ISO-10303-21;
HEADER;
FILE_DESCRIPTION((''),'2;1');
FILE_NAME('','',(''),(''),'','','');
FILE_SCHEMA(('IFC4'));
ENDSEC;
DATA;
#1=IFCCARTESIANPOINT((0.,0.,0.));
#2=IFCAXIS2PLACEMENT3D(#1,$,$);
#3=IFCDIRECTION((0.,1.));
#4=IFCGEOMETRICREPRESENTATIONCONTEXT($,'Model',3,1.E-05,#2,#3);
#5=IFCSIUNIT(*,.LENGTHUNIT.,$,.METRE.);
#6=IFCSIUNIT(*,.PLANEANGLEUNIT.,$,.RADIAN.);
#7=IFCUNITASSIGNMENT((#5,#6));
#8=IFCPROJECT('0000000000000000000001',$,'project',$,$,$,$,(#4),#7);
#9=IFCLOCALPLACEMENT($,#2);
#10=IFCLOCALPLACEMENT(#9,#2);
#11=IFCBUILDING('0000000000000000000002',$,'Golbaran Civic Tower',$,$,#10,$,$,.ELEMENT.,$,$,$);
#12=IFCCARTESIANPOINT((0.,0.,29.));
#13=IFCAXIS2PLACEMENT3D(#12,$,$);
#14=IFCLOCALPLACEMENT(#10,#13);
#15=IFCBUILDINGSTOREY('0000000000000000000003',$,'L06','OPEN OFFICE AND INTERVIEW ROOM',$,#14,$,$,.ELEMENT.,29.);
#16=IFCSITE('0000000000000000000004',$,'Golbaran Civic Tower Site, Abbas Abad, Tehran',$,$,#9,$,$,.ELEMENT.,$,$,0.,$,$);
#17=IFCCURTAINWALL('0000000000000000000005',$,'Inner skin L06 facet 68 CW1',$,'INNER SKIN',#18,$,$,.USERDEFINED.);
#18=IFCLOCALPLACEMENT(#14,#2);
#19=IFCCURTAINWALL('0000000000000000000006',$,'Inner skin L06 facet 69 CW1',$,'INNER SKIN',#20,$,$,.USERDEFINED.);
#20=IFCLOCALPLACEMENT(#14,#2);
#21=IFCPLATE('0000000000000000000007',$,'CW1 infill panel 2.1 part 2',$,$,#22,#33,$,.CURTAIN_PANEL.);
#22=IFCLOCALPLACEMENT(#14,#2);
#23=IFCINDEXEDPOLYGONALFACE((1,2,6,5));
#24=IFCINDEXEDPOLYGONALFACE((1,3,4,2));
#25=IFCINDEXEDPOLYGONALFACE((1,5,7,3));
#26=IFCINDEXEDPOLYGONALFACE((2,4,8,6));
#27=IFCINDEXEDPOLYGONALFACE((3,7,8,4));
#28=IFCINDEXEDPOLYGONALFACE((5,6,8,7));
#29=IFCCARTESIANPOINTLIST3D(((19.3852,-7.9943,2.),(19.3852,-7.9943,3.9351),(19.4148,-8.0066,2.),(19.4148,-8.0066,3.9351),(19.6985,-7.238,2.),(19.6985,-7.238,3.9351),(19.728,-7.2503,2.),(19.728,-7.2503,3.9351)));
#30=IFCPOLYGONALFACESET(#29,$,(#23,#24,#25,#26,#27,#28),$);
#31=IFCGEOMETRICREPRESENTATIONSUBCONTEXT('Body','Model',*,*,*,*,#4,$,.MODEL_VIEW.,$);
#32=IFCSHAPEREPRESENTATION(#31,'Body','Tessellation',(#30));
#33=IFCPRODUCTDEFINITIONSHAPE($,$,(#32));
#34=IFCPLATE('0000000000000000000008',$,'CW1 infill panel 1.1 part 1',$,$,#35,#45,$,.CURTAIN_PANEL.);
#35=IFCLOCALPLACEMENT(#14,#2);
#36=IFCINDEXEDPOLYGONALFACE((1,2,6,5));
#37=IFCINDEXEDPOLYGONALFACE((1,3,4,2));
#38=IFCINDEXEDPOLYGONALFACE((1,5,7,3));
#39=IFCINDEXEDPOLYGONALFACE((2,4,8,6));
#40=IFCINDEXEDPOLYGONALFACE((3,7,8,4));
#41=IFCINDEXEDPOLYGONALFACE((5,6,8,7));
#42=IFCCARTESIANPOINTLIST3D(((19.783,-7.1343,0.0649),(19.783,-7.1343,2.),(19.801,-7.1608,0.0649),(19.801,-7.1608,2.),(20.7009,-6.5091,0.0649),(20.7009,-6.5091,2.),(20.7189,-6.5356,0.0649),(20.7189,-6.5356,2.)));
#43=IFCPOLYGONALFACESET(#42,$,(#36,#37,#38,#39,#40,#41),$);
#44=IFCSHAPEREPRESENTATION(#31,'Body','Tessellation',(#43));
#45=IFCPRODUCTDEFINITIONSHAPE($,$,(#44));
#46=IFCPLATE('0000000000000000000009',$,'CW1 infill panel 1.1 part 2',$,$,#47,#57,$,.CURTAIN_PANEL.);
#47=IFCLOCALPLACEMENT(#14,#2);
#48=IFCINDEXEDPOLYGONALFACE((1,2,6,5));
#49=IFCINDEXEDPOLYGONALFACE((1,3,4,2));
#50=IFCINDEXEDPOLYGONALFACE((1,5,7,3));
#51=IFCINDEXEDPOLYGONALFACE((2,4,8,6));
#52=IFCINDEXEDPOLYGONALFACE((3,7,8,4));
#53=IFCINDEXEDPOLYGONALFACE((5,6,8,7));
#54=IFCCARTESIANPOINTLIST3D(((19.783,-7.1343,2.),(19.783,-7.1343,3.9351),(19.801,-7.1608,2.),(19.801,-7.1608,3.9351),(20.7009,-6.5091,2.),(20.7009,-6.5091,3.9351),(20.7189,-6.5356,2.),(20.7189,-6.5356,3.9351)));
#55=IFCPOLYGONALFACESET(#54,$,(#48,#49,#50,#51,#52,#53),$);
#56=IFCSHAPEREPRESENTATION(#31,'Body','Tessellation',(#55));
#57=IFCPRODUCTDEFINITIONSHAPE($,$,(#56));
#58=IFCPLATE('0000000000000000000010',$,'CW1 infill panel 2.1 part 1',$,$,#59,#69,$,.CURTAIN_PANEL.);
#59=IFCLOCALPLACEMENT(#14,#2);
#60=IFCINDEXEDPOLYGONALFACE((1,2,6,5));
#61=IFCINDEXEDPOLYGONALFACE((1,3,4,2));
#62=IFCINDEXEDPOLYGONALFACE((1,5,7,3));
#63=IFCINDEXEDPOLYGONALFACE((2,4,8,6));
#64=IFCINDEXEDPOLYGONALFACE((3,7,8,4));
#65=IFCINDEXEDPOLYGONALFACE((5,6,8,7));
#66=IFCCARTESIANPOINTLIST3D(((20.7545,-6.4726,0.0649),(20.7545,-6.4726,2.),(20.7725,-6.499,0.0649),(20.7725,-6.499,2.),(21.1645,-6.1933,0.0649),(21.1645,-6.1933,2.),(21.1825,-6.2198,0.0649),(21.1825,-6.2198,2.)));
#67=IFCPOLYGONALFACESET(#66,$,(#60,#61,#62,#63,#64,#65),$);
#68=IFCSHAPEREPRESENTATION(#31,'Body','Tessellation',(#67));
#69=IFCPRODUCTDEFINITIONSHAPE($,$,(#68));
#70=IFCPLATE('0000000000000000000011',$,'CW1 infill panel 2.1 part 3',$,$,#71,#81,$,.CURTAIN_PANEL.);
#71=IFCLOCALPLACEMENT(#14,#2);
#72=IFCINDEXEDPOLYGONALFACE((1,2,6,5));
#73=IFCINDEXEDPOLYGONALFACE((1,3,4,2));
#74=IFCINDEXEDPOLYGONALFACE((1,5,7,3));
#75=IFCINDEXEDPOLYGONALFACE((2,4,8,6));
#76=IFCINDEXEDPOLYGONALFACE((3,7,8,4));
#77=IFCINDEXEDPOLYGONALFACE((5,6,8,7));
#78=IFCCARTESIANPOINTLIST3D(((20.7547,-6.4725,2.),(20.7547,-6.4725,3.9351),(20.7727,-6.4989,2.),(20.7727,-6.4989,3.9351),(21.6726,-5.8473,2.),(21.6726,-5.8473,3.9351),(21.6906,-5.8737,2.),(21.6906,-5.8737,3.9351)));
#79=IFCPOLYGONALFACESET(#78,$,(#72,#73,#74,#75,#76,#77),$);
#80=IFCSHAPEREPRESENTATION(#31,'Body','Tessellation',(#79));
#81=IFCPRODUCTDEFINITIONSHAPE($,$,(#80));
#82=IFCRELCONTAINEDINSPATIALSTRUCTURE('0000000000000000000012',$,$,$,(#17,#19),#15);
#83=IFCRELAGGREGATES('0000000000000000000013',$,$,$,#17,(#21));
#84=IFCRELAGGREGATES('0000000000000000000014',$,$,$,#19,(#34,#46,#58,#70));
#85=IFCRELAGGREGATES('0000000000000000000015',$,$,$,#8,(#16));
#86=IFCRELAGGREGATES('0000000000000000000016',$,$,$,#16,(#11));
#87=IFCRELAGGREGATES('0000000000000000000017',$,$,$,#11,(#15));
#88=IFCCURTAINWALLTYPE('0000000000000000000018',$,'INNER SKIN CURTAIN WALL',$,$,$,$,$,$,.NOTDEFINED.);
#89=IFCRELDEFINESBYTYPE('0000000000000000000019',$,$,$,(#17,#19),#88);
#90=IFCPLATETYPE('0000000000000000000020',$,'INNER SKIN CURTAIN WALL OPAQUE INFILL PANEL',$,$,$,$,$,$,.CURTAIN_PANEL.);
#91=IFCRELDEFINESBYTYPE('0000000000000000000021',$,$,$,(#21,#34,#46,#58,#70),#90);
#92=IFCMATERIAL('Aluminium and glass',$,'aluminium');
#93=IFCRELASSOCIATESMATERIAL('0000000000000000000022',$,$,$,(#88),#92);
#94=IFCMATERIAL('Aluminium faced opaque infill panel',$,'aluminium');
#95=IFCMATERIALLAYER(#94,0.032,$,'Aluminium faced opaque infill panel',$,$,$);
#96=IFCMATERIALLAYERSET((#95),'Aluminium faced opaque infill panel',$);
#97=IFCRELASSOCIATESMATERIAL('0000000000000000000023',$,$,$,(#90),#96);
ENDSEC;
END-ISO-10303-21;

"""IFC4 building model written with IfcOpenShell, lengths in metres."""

from ifc_helpers import new_model, si_unit, direction, frame, origin, origin_2d, place, context, subcontext, project, spatial, rectangle, extrude, material, layer, layer_set, type_object, element, aggregate, save


model = new_model("IFC4")

# Units and contexts
model_context = context("Model", 3, precision=1e-05, world=origin(), true_north=direction((0.0, 1.0)))
body_context = subcontext(model_context, "Body", "Model", "MODEL_VIEW")
ifc_project = project(units=[si_unit("LENGTHUNIT", "METRE"), si_unit("PLANEANGLEUNIT", "RADIAN")], contexts=[model_context])

# Site, building, storey
site_placement = place(None, origin())
site = spatial("IfcSite", under=ifc_project, at=site_placement, Name="Golbaran Civic Tower Site, Abbas Abad, Tehran", CompositionType="ELEMENT", RefElevation=0.0)
building_placement = place(site_placement, origin())
building = spatial("IfcBuilding", under=site, at=building_placement, Name="Golbaran Civic Tower", CompositionType="ELEMENT")
storey_placement = place(building_placement, frame((0.0, 0.0, 29.0)))
storey = spatial("IfcBuildingStorey", under=building, at=storey_placement, Name="L06", Description="OPEN OFFICE AND INTERVIEW ROOM", CompositionType="ELEMENT", Elevation=29.0)

# Curtain walls
ifc_material_1 = material(Name="Aluminium and glass", Category="aluminium")
curtain_wall_type = type_object("IfcCurtainWallType", Name="INNER SKIN CURTAIN WALL", PredefinedType="NOTDEFINED", material=ifc_material_1)
curtain_wall_1_placement = place(storey_placement, origin())
curtain_wall_1 = element("IfcCurtainWall", 1, at=curtain_wall_1_placement, inside=storey, type_object=curtain_wall_type, Name="Inner skin L06 facet 68 CW1", ObjectType="INNER SKIN", PredefinedType="USERDEFINED")
curtain_wall_2_placement = place(storey_placement, origin())
curtain_wall_2 = element("IfcCurtainWall", 2, at=curtain_wall_2_placement, inside=storey, type_object=curtain_wall_type, Name="Inner skin L06 facet 69 CW1", ObjectType="INNER SKIN", PredefinedType="USERDEFINED")

# Plates
ifc_material_2 = material(Name="Aluminium faced opaque infill panel", Category="aluminium")
ifc_layer_1 = layer(ifc_material_2, 0.032, Name="Aluminium faced opaque infill panel")
ifc_layer_set_1 = layer_set([ifc_layer_1], Name="Aluminium faced opaque infill panel")
plate_type_1 = type_object("IfcPlateType", Name="INNER SKIN CURTAIN WALL OPAQUE INFILL PANEL", PredefinedType="CURTAIN_PANEL", material=ifc_layer_set_1)
plate_1_placement = place(storey_placement, frame((19.5566, -7.6223, 2.0), z_axis=(0.0, 0.0, 1.0), x_axis=(0.382683, 0.92388, 0.0)))
plate_1 = element("IfcPlate", 3, at=plate_1_placement, type_object=plate_type_1, Name="CW1 infill panel 2.1 part 2", PredefinedType="CURTAIN_PANEL", context=body_context, shape_type="SweptSolid", body=[
    extrude(rectangle(XDim=0.8186, YDim=0.032, at=origin_2d()), origin(), (0.0, 0.0, 1.0), 1.9351),
])
aggregate(curtain_wall_1, [plate_1])
plate_2_placement = place(storey_placement, frame((20.251, -6.835, 0.0649), z_axis=(0.0, 0.0, 1.0), x_axis=(0.8265, 0.562936, 0.0)))
plate_2 = element("IfcPlate", 4, at=plate_2_placement, type_object=plate_type_1, Name="CW1 infill panel 1.1 part 1", PredefinedType="CURTAIN_PANEL", context=body_context, shape_type="SweptSolid", body=[
    extrude(rectangle(XDim=1.1106, YDim=0.032, at=origin_2d()), origin(), (0.0, 0.0, 1.0), 1.9351),
])
plate_3_placement = place(storey_placement, frame((20.251, -6.835, 2.0), z_axis=(0.0, 0.0, 1.0), x_axis=(0.8265, 0.562936, 0.0)))
plate_3 = element("IfcPlate", 5, at=plate_3_placement, type_object=plate_type_1, Name="CW1 infill panel 1.1 part 2", PredefinedType="CURTAIN_PANEL", context=body_context, shape_type="SweptSolid", body=[
    extrude(rectangle(XDim=1.1106, YDim=0.032, at=origin_2d()), origin(), (0.0, 0.0, 1.0), 1.9351),
])
plate_4_placement = place(storey_placement, frame((20.9685, -6.3462, 0.0649), z_axis=(0.0, 0.0, 1.0), x_axis=(0.8265, 0.562936, 0.0)))
plate_4 = element("IfcPlate", 6, at=plate_4_placement, type_object=plate_type_1, Name="CW1 infill panel 2.1 part 1", PredefinedType="CURTAIN_PANEL", context=body_context, shape_type="SweptSolid", body=[
    extrude(rectangle(XDim=0.4961, YDim=0.032, at=origin_2d()), origin(), (0.0, 0.0, 1.0), 1.9351),
])
plate_5_placement = place(storey_placement, frame((21.2227, -6.1731, 2.0), z_axis=(0.0, 0.0, 1.0), x_axis=(0.8265, 0.562936, 0.0)))
plate_5 = element("IfcPlate", 7, at=plate_5_placement, type_object=plate_type_1, Name="CW1 infill panel 2.1 part 3", PredefinedType="CURTAIN_PANEL", context=body_context, shape_type="SweptSolid", body=[
    extrude(rectangle(XDim=1.1106, YDim=0.032, at=origin_2d()), origin(), (0.0, 0.0, 1.0), 1.9351),
])
aggregate(curtain_wall_2, [plate_2, plate_3, plate_4, plate_5])

save(model, "model.ifc")
